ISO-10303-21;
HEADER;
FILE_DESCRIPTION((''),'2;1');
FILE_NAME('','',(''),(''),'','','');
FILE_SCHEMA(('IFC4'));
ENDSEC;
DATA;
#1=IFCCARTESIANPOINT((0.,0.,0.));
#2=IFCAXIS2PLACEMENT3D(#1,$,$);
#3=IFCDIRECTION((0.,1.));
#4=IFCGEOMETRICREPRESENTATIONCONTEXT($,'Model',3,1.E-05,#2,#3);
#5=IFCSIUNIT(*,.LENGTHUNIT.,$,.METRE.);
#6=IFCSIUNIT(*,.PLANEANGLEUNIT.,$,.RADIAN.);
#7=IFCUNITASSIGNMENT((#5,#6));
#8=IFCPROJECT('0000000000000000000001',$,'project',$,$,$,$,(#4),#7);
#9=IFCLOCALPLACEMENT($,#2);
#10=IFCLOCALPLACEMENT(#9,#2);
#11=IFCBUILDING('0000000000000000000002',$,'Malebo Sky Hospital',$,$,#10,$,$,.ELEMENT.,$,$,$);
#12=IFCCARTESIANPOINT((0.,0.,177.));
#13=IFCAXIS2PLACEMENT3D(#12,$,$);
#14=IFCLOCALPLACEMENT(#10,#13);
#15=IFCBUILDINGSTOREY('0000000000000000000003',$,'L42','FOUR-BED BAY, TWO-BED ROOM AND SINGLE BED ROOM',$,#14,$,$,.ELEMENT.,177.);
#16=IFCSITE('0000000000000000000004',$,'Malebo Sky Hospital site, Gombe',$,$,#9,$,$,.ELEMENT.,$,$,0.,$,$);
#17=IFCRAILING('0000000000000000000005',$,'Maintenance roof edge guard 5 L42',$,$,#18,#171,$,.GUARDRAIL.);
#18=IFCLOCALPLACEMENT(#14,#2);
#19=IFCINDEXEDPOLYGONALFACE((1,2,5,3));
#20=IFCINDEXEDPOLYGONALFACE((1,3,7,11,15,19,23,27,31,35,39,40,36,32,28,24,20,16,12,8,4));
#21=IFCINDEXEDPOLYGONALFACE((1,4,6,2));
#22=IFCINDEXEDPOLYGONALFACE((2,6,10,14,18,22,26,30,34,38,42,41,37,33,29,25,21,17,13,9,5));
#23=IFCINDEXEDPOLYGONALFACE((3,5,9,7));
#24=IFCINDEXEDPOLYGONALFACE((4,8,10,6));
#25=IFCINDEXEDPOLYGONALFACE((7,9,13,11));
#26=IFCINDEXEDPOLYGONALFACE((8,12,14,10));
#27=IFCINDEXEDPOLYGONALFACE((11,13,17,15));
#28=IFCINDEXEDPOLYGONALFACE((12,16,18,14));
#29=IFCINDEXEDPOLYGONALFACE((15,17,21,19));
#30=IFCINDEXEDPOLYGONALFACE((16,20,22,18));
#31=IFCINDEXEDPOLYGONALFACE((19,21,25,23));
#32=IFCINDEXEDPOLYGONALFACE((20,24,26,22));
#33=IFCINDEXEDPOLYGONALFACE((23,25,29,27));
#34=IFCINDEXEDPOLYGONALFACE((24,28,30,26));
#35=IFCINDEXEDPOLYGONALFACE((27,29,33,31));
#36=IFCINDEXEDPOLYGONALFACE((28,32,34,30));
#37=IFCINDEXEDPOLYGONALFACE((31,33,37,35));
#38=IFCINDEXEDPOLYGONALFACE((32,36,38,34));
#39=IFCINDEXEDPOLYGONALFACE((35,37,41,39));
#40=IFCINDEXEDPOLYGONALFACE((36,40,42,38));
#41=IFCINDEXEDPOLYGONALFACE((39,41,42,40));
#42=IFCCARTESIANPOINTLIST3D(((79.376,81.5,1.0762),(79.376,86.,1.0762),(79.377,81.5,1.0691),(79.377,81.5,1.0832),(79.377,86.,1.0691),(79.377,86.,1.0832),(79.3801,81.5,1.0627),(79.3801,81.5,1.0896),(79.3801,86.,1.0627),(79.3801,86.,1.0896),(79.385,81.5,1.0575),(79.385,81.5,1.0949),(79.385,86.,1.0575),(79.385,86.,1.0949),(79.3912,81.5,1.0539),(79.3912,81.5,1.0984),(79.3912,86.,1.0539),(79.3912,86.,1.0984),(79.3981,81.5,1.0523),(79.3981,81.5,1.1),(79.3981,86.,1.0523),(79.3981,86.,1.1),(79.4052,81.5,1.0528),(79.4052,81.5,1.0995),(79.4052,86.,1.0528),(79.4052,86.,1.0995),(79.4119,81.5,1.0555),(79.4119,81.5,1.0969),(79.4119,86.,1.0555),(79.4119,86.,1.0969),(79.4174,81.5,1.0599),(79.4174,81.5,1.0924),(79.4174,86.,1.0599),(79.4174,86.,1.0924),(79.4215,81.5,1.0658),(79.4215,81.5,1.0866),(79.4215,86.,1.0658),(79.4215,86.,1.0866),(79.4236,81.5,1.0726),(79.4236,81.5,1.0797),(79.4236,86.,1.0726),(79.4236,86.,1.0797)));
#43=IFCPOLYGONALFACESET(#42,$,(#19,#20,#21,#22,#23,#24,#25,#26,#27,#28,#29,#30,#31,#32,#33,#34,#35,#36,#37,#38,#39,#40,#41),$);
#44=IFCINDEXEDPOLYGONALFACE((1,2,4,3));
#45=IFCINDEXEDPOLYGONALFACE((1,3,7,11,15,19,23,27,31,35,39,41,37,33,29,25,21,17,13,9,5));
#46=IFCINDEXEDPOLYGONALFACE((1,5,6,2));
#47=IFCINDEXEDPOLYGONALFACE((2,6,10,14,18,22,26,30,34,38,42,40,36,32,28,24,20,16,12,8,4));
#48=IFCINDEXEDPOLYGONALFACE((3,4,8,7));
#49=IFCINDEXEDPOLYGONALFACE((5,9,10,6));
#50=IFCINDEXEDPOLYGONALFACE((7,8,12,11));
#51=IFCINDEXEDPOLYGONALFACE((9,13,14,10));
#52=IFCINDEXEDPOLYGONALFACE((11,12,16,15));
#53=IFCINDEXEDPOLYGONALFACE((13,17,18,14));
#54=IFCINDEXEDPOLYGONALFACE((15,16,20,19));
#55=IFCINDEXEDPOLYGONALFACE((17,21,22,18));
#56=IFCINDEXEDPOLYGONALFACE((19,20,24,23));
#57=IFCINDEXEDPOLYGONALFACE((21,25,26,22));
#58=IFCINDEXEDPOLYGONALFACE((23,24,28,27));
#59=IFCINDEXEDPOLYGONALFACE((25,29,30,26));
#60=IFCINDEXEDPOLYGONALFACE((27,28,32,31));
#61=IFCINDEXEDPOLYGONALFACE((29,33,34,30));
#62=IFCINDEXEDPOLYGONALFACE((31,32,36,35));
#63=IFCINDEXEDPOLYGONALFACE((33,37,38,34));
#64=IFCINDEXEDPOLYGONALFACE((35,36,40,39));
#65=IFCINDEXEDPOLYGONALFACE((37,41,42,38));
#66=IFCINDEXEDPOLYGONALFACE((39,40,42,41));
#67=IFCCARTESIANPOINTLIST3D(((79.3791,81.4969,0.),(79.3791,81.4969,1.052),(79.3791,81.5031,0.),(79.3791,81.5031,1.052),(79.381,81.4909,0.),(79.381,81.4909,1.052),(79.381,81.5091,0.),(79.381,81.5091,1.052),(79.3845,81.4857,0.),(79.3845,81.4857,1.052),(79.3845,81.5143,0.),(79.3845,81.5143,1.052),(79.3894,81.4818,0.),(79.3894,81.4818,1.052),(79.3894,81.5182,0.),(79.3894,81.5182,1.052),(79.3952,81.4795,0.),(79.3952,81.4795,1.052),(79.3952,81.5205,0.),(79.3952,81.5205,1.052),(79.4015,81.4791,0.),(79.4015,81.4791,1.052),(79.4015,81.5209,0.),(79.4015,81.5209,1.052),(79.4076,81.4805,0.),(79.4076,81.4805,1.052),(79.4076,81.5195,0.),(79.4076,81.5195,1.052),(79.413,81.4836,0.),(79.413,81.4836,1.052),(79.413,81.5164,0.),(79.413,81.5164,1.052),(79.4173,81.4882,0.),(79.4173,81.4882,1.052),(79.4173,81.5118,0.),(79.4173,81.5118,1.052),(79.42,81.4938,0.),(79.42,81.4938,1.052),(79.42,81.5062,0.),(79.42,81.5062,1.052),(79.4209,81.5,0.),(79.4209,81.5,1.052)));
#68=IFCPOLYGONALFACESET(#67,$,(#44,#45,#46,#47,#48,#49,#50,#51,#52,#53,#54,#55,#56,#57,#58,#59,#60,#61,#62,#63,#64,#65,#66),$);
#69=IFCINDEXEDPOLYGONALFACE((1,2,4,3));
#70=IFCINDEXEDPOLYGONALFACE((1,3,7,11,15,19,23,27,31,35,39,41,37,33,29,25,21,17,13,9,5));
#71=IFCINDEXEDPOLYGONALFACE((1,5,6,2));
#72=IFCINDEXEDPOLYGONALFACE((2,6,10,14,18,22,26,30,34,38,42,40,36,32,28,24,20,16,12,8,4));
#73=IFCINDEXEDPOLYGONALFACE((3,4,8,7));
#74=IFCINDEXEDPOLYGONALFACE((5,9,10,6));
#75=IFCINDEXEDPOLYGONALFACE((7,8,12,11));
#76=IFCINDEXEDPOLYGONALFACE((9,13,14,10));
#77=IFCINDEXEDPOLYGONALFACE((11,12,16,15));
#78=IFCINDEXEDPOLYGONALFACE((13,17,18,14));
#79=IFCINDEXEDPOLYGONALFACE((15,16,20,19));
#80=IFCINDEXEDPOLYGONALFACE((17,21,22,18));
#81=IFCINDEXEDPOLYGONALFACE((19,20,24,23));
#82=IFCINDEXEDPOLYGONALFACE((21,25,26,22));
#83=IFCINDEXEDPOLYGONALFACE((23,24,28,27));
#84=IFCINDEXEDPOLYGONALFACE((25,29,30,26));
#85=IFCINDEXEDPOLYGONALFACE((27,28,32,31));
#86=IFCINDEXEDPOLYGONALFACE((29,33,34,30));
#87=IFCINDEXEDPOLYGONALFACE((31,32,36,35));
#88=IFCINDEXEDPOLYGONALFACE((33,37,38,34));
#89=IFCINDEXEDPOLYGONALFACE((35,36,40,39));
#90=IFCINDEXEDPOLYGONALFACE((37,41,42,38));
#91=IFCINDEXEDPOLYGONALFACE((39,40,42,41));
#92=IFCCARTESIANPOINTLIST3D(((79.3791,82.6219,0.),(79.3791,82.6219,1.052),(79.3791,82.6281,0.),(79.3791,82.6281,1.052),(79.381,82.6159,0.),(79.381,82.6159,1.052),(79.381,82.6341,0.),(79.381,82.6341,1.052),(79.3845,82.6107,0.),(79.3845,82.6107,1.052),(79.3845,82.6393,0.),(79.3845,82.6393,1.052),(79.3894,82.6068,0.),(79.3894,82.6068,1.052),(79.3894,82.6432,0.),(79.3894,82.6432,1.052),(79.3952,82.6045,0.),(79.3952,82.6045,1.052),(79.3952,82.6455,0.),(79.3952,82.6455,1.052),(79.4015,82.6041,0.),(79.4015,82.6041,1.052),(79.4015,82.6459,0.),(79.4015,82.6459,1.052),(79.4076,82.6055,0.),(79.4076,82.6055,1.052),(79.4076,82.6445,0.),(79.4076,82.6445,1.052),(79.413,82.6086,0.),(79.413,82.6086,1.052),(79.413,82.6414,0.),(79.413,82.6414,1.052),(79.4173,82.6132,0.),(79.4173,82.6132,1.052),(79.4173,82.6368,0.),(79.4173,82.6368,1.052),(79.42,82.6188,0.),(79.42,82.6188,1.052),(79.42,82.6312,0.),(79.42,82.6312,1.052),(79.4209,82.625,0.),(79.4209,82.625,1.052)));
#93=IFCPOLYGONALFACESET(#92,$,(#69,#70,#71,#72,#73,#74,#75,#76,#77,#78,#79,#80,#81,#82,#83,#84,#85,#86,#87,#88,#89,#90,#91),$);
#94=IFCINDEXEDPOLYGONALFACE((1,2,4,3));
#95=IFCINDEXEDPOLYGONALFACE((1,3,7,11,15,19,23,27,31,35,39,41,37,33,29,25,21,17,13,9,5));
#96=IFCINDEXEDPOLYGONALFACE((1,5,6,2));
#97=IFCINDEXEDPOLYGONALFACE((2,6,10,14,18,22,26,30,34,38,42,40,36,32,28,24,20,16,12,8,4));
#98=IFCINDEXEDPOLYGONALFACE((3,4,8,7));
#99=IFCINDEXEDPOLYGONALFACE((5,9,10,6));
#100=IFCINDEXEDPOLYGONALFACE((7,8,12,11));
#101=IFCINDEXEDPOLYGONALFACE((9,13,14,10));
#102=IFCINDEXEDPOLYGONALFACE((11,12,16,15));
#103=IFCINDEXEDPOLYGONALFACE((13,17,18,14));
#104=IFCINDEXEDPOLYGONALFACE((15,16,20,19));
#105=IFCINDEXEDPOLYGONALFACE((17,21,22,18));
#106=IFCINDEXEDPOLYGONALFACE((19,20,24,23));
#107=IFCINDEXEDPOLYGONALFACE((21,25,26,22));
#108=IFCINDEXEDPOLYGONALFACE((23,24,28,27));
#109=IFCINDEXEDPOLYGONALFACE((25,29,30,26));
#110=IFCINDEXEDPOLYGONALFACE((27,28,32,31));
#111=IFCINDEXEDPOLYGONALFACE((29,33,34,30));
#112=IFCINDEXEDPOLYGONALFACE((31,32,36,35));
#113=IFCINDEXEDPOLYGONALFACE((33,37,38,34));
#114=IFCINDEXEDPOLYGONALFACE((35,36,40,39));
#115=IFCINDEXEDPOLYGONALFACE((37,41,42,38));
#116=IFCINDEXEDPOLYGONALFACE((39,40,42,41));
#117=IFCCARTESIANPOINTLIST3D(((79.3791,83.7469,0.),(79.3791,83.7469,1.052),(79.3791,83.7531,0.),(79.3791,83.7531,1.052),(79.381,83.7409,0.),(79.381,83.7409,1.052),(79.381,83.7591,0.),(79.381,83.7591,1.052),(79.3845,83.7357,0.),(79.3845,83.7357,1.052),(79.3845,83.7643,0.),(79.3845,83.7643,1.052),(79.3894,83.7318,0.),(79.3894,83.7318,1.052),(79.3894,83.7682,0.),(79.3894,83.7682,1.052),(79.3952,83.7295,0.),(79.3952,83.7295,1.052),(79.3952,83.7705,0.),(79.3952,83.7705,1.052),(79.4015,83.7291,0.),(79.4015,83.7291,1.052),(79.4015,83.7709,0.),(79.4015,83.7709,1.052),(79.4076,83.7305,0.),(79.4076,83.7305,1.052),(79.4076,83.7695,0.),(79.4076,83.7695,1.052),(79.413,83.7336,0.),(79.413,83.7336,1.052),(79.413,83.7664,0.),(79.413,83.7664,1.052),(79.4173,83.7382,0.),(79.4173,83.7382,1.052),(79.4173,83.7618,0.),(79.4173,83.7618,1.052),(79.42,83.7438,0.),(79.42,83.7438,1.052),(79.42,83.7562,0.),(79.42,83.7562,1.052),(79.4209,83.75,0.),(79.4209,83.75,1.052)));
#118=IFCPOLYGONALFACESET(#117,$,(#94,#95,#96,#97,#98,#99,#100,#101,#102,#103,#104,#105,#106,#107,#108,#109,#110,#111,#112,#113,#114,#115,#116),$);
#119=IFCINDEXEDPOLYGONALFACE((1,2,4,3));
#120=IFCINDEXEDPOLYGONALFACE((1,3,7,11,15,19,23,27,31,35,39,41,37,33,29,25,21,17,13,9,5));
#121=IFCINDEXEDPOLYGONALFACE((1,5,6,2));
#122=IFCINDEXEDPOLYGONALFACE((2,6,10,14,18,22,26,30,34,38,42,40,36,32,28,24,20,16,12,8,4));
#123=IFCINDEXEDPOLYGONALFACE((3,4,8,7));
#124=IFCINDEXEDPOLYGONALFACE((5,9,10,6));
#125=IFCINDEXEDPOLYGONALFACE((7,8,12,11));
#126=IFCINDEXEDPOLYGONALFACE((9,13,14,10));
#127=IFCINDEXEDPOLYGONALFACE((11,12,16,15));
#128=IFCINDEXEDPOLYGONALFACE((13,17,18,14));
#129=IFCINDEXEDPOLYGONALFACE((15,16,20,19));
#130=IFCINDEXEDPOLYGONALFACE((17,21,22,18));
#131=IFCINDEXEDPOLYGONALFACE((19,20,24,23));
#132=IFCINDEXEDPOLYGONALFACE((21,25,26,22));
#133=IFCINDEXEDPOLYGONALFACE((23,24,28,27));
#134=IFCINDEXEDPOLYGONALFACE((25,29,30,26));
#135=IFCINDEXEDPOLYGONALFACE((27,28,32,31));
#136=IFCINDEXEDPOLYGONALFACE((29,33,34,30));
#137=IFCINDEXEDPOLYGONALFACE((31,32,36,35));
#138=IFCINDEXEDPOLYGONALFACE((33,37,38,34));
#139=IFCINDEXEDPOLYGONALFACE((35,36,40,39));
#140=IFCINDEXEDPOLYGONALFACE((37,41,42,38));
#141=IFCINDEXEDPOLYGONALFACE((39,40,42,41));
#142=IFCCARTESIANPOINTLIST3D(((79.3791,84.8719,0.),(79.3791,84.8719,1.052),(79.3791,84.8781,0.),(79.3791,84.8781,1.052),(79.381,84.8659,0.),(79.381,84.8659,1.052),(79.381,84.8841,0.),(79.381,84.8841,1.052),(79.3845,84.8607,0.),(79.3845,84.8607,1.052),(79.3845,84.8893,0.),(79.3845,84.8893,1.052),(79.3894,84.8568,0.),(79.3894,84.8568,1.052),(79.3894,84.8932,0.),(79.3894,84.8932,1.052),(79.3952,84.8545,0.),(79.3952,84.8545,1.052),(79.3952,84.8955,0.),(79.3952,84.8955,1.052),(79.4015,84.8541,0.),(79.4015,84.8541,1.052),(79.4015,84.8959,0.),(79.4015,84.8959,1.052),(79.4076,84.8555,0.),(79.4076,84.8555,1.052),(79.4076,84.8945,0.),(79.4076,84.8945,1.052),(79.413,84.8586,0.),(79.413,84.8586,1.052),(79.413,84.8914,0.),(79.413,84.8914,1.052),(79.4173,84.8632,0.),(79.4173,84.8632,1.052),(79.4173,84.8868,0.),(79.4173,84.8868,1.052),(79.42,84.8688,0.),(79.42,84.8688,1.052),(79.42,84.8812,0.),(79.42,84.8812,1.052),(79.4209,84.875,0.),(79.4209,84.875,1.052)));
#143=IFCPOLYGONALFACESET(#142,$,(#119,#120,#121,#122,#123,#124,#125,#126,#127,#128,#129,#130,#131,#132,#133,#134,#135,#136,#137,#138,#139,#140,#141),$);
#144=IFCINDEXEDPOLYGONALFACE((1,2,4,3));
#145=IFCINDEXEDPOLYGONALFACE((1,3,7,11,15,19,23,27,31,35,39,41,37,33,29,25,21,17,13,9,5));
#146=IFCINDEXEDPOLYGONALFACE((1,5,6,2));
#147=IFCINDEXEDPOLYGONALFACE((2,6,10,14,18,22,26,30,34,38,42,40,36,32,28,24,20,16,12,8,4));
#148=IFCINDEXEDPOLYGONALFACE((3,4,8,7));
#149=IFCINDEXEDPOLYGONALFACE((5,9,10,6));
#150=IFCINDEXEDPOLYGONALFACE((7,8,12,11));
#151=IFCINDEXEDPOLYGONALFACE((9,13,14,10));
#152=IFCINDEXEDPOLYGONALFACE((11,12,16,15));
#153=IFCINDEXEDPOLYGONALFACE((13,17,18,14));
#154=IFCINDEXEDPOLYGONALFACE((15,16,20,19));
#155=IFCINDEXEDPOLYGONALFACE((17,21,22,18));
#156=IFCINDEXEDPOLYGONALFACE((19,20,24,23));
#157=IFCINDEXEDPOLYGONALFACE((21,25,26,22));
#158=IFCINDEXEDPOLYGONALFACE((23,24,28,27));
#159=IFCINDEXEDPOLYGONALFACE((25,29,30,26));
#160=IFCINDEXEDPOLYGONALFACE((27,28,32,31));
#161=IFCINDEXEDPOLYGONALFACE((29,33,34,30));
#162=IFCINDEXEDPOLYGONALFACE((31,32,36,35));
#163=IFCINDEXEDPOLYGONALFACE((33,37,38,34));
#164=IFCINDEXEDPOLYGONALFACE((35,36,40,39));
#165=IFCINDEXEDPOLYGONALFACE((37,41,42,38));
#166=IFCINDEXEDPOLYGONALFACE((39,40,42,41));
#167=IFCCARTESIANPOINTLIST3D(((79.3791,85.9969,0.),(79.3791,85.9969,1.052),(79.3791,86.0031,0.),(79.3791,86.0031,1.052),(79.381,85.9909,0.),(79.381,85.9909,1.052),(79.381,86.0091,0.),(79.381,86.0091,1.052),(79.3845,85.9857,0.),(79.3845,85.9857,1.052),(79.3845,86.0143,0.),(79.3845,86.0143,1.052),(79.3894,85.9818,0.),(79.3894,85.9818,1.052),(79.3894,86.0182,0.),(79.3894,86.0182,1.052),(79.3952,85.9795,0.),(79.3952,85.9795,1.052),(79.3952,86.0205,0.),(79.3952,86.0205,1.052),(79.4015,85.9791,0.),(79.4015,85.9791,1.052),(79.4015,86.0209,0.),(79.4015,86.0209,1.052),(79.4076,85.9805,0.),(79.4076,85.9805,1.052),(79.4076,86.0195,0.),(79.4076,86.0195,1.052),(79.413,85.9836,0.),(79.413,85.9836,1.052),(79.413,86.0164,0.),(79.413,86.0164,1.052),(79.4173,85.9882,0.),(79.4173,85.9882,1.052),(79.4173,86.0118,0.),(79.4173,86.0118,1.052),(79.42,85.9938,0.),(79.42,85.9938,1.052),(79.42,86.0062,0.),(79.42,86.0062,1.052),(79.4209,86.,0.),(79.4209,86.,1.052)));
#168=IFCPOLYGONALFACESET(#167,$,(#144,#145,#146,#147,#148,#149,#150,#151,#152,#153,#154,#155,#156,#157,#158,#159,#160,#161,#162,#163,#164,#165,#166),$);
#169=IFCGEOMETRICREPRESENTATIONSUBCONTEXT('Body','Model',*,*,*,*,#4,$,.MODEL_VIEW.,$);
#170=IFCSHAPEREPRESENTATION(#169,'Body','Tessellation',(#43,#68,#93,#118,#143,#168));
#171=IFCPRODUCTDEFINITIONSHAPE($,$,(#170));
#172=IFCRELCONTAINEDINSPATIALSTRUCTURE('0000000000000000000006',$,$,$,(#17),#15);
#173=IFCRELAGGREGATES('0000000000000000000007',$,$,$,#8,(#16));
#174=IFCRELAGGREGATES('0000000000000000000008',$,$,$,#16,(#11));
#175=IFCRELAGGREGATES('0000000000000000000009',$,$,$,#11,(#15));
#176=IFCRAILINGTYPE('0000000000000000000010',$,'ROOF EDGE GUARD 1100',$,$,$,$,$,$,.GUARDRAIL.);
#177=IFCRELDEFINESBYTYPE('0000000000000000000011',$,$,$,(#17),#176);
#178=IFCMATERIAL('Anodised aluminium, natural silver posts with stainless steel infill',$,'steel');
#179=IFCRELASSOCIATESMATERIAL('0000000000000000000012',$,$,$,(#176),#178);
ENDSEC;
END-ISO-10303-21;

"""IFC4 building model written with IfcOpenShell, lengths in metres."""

from ifc_helpers import new_model, si_unit, direction, frame, origin, origin_2d, place, context, subcontext, project, spatial, circle, extrude, material, type_object, element, save


model = new_model("IFC4")

# Units and contexts
model_context = context("Model", 3, precision=1e-05, world=origin(), true_north=direction((0.0, 1.0)))
body_context = subcontext(model_context, "Body", "Model", "MODEL_VIEW")
ifc_project = project(units=[si_unit("LENGTHUNIT", "METRE"), si_unit("PLANEANGLEUNIT", "RADIAN")], contexts=[model_context])

# Site, building, storey
site_placement = place(None, origin())
site = spatial("IfcSite", under=ifc_project, at=site_placement, Name="Malebo Sky Hospital site, Gombe", CompositionType="ELEMENT", RefElevation=0.0)
building_placement = place(site_placement, origin())
building = spatial("IfcBuilding", under=site, at=building_placement, Name="Malebo Sky Hospital", CompositionType="ELEMENT")
storey_placement = place(building_placement, frame((0.0, 0.0, 177.0)))
storey = spatial("IfcBuildingStorey", under=building, at=storey_placement, Name="L42", Description="FOUR-BED BAY, TWO-BED ROOM AND SINGLE BED ROOM", CompositionType="ELEMENT", Elevation=177.0)

# Railing
ifc_material_1 = material(Name="Anodised aluminium, natural silver posts with stainless steel infill", Category="steel")
railing_type = type_object("IfcRailingType", Name="ROOF EDGE GUARD 1100", PredefinedType="GUARDRAIL", material=ifc_material_1)
railing_1_placement = place(storey_placement, frame((79.3999, 81.5, 0.0)))
element("IfcRailing", 1, at=railing_1_placement, inside=storey, type_object=railing_type, Name="Maintenance roof edge guard 5 L42", PredefinedType="GUARDRAIL", context=body_context, shape_type="SweptSolid", body=[
    extrude(circle(Radius=0.0239, at=origin_2d()), frame((0.0, 0.0, 1.0762), z_axis=(0.0, 1.0, 0.0), x_axis=(-1.0, 0.0, 0.0)), (0.0, 0.0, 1.0), 4.5),
    extrude(circle(Radius=0.021, at=origin_2d()), origin(), (0.0, 0.0, 1.0), 1.052),
    extrude(circle(Radius=0.021, at=origin_2d()), frame((0.0, 1.125, 0.0)), (0.0, 0.0, 1.0), 1.052),
    extrude(circle(Radius=0.021, at=origin_2d()), frame((0.0, 2.25, 0.0)), (0.0, 0.0, 1.0), 1.052),
    extrude(circle(Radius=0.021, at=origin_2d()), frame((0.0, 3.375, 0.0)), (0.0, 0.0, 1.0), 1.052),
    extrude(circle(Radius=0.021, at=origin_2d()), frame((0.0, 4.5, 0.0)), (0.0, 0.0, 1.0), 1.052),
])

save(model, "model.ifc")
